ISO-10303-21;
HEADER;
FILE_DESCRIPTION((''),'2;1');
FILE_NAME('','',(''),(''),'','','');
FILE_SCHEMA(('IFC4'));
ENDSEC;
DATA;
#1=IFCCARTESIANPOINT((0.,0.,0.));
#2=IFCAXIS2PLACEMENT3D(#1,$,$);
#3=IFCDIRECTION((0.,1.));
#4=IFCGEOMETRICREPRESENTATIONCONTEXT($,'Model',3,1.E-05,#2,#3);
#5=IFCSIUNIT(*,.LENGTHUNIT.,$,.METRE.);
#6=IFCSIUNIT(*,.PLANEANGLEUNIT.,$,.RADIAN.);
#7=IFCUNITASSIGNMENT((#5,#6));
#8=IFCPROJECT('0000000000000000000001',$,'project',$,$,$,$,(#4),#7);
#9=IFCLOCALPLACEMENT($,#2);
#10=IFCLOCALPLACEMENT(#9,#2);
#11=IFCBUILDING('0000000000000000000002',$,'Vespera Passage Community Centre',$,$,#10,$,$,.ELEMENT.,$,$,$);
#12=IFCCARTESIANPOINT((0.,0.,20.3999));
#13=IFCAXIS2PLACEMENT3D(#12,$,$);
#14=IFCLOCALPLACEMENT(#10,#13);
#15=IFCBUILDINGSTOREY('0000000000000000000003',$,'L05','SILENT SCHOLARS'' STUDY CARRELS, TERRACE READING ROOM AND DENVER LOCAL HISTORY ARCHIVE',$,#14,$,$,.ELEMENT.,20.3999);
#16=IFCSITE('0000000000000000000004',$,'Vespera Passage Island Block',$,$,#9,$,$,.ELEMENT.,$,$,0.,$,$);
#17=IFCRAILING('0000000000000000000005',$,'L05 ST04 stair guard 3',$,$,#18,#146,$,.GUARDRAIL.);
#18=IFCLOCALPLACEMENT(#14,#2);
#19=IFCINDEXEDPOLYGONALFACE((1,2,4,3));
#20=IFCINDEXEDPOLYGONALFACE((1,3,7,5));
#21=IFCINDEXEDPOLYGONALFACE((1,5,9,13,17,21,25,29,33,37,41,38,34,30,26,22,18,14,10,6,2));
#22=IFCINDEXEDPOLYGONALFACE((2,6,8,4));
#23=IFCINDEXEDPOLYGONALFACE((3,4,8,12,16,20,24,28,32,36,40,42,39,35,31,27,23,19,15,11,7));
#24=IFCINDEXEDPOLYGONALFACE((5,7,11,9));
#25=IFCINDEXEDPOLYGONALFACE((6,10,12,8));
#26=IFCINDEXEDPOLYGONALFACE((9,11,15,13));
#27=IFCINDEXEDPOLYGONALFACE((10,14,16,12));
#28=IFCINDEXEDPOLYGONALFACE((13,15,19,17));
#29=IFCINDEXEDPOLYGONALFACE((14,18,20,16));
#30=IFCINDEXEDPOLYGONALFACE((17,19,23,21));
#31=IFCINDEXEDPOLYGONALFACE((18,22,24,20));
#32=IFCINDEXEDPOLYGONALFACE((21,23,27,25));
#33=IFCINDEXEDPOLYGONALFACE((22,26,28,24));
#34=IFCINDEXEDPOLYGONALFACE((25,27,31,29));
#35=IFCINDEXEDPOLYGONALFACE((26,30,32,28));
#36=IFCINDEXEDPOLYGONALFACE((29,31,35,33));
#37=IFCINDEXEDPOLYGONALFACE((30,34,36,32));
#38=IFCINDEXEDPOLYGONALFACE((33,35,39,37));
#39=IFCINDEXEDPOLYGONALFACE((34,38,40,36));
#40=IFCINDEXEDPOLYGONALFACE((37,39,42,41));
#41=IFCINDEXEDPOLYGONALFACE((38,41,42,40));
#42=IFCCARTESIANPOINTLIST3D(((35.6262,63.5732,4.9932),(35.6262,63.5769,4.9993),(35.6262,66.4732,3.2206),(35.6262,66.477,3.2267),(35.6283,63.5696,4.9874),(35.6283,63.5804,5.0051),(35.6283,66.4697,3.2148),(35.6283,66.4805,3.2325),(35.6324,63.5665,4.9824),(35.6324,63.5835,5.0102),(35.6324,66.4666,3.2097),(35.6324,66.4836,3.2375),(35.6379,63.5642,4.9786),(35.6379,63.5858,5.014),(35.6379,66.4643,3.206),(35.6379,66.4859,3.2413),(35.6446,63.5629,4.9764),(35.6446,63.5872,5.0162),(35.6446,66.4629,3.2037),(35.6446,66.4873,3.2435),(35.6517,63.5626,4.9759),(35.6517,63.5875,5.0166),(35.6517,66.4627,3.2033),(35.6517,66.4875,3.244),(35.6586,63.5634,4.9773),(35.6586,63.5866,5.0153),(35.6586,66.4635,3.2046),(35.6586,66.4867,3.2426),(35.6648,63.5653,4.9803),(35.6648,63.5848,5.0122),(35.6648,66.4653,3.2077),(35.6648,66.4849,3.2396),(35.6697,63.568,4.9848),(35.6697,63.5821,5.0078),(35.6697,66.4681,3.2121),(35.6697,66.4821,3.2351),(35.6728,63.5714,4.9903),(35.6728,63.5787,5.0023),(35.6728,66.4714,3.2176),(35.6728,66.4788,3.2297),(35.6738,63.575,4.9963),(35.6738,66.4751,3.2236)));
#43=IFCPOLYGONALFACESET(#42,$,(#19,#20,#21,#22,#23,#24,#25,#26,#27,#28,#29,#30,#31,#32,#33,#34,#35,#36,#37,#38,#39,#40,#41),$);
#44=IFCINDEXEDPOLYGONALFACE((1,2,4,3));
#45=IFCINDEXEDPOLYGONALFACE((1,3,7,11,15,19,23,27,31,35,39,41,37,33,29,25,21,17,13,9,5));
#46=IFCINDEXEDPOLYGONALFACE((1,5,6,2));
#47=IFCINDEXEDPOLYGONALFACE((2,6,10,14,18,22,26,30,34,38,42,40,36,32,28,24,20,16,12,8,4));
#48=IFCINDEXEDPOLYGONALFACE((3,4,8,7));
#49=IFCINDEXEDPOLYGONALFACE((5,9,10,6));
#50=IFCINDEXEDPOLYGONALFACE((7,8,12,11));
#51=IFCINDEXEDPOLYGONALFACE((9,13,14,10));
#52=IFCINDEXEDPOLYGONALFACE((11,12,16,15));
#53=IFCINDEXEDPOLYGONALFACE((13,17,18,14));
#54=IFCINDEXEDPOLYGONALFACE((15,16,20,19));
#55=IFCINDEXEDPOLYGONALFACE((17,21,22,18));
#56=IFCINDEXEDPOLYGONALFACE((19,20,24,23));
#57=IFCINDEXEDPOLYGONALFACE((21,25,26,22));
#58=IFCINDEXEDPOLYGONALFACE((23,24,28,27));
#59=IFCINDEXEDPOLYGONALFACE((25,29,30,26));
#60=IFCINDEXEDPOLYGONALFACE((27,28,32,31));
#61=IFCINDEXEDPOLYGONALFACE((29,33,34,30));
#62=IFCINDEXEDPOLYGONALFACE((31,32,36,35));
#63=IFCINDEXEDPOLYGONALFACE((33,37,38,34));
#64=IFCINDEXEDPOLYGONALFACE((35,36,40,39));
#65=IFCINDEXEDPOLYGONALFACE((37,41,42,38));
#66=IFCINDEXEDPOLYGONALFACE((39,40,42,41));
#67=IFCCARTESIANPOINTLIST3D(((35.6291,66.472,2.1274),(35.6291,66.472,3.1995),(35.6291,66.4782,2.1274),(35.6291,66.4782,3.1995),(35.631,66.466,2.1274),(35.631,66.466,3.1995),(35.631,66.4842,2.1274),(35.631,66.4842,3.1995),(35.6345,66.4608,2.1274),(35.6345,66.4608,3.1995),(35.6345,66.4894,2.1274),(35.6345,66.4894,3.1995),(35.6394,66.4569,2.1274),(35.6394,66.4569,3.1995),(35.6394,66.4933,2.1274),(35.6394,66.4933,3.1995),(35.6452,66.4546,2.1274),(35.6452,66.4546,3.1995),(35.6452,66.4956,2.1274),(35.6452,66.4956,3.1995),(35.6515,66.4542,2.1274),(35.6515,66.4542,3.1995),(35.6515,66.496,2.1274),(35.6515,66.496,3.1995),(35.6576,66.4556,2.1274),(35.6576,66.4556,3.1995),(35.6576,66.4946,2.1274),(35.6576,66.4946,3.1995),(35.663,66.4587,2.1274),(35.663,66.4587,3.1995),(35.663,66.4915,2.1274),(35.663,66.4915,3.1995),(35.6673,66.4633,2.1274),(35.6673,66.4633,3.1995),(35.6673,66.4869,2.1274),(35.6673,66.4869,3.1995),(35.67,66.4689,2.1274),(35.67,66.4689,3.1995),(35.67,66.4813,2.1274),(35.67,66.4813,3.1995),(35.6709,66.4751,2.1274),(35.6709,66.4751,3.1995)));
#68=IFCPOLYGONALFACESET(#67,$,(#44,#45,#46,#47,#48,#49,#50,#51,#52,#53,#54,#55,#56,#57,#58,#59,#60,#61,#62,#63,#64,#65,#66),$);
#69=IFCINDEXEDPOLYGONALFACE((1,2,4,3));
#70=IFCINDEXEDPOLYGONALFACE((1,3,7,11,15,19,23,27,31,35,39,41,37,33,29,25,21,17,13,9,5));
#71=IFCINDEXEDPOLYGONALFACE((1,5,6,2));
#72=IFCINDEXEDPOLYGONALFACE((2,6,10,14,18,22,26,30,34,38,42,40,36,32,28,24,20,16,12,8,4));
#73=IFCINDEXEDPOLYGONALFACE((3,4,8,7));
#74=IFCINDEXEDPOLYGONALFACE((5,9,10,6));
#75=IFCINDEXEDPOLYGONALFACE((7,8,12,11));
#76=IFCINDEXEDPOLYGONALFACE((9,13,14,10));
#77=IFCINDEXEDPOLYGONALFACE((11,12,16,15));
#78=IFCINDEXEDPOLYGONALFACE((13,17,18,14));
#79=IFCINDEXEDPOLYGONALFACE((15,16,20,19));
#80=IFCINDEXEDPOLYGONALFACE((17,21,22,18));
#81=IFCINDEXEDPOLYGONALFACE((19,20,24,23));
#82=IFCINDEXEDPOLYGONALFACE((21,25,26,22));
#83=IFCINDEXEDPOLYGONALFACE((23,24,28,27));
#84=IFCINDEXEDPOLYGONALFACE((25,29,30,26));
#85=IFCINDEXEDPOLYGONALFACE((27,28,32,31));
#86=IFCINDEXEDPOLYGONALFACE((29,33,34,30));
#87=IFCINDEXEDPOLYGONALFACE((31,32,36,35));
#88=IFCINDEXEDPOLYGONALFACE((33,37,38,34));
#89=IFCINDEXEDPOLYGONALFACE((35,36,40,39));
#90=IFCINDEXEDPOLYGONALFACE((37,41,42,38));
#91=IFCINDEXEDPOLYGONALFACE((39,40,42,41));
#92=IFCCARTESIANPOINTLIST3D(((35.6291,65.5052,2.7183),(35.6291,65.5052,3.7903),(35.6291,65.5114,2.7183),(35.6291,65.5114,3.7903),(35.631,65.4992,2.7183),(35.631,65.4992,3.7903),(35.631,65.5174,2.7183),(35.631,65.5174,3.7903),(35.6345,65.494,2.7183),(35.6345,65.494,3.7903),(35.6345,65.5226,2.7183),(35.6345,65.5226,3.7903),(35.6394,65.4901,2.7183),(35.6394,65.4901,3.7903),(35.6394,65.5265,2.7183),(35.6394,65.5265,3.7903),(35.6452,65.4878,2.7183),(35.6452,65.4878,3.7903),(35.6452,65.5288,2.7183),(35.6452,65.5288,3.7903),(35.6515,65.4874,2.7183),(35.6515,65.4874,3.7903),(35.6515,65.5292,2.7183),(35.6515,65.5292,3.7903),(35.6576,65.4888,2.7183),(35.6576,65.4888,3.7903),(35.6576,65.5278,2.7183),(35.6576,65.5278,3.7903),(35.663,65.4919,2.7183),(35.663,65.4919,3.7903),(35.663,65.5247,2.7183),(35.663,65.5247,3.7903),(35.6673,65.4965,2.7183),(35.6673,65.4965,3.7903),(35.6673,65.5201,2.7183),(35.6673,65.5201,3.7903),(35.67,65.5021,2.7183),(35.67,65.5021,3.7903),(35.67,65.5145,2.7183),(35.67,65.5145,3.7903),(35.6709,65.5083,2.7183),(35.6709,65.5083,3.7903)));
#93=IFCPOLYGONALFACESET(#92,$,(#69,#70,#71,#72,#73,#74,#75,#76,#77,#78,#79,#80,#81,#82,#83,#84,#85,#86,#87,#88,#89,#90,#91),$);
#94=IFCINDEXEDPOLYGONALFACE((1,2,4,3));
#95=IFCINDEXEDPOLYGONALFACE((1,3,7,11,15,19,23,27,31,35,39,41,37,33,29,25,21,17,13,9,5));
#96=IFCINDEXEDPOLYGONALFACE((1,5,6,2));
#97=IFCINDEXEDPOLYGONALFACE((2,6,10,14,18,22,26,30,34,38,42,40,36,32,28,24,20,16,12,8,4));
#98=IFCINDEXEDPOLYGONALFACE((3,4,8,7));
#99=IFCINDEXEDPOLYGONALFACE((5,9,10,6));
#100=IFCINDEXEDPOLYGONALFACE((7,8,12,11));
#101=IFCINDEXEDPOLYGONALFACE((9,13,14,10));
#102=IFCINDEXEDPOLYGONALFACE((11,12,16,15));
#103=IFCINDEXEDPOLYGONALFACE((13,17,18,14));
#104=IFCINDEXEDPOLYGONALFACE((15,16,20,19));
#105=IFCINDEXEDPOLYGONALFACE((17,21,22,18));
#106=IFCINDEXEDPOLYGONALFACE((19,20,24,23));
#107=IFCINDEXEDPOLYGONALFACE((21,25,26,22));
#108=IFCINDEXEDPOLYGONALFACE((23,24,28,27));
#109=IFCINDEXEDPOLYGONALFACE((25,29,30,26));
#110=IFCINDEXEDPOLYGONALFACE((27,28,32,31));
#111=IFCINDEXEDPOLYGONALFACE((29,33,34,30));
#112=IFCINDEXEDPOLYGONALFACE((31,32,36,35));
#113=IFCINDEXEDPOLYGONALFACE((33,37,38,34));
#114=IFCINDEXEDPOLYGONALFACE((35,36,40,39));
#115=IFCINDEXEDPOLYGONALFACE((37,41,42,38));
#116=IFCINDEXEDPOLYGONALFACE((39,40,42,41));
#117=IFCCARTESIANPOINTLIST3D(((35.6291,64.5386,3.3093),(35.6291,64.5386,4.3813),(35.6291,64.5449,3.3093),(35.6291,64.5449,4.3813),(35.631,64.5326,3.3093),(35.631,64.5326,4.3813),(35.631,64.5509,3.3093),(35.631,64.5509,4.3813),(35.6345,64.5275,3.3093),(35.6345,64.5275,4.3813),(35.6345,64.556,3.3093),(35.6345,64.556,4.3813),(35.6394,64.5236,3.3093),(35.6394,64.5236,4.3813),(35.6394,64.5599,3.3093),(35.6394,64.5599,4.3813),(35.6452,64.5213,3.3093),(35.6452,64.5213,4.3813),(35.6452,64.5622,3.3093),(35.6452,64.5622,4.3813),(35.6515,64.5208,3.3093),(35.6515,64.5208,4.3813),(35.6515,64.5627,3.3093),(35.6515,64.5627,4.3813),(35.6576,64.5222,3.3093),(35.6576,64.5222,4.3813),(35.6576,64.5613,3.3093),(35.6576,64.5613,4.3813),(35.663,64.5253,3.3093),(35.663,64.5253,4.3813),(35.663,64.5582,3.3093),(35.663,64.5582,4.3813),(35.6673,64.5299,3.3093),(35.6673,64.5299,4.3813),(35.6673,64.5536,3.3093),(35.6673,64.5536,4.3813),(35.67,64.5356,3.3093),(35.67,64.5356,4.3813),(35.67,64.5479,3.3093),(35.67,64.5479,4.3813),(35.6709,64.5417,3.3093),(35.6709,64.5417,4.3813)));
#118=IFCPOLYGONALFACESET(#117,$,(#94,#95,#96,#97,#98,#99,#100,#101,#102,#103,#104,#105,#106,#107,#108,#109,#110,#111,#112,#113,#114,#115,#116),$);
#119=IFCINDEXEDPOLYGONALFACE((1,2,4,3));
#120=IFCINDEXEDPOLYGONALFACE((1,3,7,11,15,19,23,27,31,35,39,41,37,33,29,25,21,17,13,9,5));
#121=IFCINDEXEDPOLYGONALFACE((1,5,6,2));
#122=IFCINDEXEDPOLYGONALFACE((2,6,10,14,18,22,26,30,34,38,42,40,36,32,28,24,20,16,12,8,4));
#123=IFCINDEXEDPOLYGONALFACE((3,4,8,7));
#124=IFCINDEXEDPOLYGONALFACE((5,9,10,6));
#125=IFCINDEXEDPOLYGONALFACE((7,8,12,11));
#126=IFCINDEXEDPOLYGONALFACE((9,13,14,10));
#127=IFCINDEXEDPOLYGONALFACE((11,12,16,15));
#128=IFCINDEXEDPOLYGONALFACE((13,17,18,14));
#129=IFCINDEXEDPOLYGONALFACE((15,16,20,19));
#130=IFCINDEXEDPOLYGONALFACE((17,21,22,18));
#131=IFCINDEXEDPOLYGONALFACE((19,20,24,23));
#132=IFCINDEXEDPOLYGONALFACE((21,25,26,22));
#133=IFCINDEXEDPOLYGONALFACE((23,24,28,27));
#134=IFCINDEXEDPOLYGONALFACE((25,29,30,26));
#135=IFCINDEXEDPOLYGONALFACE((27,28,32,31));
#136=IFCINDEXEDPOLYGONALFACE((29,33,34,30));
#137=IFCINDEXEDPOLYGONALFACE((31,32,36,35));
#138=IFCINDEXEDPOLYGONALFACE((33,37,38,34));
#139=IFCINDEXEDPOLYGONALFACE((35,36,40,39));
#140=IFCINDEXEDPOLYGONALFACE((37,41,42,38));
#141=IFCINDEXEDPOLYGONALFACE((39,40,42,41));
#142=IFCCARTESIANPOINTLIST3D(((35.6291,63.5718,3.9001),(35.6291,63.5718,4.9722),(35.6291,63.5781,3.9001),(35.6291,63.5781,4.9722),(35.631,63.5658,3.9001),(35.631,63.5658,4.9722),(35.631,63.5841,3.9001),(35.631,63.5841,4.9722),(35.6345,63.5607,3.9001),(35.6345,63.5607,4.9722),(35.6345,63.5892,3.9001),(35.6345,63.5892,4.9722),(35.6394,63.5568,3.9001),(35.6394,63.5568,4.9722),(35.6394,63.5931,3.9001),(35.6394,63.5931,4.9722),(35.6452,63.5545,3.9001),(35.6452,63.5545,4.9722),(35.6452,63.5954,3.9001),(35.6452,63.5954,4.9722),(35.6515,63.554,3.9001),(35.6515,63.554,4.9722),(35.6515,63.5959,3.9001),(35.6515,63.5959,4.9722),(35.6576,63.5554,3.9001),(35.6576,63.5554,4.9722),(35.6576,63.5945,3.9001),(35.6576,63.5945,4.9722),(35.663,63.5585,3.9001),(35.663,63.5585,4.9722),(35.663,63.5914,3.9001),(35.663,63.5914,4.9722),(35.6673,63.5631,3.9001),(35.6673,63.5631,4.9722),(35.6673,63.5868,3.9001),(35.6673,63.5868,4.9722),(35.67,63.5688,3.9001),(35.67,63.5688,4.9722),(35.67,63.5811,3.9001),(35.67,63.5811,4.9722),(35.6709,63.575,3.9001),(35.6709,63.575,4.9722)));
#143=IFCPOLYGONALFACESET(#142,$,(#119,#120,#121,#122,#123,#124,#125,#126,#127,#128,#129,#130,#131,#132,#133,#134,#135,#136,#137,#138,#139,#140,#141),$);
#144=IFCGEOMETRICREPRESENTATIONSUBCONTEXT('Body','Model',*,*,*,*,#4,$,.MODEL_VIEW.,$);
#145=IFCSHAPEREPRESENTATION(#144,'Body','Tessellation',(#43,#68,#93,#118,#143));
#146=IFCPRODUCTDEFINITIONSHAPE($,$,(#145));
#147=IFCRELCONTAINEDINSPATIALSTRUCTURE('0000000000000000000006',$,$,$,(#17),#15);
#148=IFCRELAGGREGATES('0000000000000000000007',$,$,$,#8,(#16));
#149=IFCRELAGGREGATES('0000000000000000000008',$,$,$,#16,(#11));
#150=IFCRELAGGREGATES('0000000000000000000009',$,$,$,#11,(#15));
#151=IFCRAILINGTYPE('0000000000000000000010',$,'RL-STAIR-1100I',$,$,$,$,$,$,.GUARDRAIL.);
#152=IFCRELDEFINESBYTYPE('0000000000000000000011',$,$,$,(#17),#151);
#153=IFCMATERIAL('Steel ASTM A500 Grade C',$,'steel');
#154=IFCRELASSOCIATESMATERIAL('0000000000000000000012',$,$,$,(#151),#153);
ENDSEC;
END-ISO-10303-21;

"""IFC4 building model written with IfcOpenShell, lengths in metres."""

from ifc_helpers import new_model, si_unit, direction, frame, origin, origin_2d, place, context, subcontext, project, spatial, circle, extrude, material, type_object, element, save


model = new_model("IFC4")

# Units and contexts
model_context = context("Model", 3, precision=1e-05, world=origin(), true_north=direction((0.0, 1.0)))
body_context = subcontext(model_context, "Body", "Model", "MODEL_VIEW")
ifc_project = project(units=[si_unit("LENGTHUNIT", "METRE"), si_unit("PLANEANGLEUNIT", "RADIAN")], contexts=[model_context])

# Site, building, storey
site_placement = place(None, origin())
site = spatial("IfcSite", under=ifc_project, at=site_placement, Name="Vespera Passage Island Block", CompositionType="ELEMENT", RefElevation=0.0)
building_placement = place(site_placement, origin())
building = spatial("IfcBuilding", under=site, at=building_placement, Name="Vespera Passage Community Centre", CompositionType="ELEMENT")
storey_placement = place(building_placement, frame((0.0, 0.0, 20.3999)))
storey = spatial("IfcBuildingStorey", under=building, at=storey_placement, Name="L05", Description="SILENT SCHOLARS' STUDY CARRELS, TERRACE READING ROOM AND DENVER LOCAL HISTORY ARCHIVE", CompositionType="ELEMENT", Elevation=20.3999)

# Railing
ifc_material_1 = material(Name="Steel ASTM A500 Grade C", Category="steel")
railing_type_1 = type_object("IfcRailingType", Name="RL-STAIR-1100I", PredefinedType="GUARDRAIL", material=ifc_material_1)
railing_1_placement = place(storey_placement, frame((35.6499, 66.4751, 2.1274)))
element("IfcRailing", 1, at=railing_1_placement, inside=storey, type_object=railing_type_1, Name="L05 ST04 stair guard 3", PredefinedType="GUARDRAIL", context=body_context, shape_type="SweptSolid", body=[
    extrude(circle(Radius=0.0239, at=origin_2d()), frame((0.0, 0.0, 1.0962), z_axis=(0.0, -0.85323, 0.521534), x_axis=(1.0, 0.0, 0.0)), (0.0, 0.0, 1.0), 3.3989),
    extrude(circle(Radius=0.021, at=origin_2d()), origin(), (0.0, 0.0, 1.0), 1.072),
    extrude(circle(Radius=0.021, at=origin_2d()), frame((0.0, -0.9668, 0.5908)), (0.0, 0.0, 1.0), 1.072),
    extrude(circle(Radius=0.021, at=origin_2d()), frame((0.0, -1.9333, 1.1819)), (0.0, 0.0, 1.0), 1.072),
    extrude(circle(Radius=0.021, at=origin_2d()), frame((0.0, -2.9001, 1.7727)), (0.0, 0.0, 1.0), 1.072),
])

save(model, "model.ifc")
